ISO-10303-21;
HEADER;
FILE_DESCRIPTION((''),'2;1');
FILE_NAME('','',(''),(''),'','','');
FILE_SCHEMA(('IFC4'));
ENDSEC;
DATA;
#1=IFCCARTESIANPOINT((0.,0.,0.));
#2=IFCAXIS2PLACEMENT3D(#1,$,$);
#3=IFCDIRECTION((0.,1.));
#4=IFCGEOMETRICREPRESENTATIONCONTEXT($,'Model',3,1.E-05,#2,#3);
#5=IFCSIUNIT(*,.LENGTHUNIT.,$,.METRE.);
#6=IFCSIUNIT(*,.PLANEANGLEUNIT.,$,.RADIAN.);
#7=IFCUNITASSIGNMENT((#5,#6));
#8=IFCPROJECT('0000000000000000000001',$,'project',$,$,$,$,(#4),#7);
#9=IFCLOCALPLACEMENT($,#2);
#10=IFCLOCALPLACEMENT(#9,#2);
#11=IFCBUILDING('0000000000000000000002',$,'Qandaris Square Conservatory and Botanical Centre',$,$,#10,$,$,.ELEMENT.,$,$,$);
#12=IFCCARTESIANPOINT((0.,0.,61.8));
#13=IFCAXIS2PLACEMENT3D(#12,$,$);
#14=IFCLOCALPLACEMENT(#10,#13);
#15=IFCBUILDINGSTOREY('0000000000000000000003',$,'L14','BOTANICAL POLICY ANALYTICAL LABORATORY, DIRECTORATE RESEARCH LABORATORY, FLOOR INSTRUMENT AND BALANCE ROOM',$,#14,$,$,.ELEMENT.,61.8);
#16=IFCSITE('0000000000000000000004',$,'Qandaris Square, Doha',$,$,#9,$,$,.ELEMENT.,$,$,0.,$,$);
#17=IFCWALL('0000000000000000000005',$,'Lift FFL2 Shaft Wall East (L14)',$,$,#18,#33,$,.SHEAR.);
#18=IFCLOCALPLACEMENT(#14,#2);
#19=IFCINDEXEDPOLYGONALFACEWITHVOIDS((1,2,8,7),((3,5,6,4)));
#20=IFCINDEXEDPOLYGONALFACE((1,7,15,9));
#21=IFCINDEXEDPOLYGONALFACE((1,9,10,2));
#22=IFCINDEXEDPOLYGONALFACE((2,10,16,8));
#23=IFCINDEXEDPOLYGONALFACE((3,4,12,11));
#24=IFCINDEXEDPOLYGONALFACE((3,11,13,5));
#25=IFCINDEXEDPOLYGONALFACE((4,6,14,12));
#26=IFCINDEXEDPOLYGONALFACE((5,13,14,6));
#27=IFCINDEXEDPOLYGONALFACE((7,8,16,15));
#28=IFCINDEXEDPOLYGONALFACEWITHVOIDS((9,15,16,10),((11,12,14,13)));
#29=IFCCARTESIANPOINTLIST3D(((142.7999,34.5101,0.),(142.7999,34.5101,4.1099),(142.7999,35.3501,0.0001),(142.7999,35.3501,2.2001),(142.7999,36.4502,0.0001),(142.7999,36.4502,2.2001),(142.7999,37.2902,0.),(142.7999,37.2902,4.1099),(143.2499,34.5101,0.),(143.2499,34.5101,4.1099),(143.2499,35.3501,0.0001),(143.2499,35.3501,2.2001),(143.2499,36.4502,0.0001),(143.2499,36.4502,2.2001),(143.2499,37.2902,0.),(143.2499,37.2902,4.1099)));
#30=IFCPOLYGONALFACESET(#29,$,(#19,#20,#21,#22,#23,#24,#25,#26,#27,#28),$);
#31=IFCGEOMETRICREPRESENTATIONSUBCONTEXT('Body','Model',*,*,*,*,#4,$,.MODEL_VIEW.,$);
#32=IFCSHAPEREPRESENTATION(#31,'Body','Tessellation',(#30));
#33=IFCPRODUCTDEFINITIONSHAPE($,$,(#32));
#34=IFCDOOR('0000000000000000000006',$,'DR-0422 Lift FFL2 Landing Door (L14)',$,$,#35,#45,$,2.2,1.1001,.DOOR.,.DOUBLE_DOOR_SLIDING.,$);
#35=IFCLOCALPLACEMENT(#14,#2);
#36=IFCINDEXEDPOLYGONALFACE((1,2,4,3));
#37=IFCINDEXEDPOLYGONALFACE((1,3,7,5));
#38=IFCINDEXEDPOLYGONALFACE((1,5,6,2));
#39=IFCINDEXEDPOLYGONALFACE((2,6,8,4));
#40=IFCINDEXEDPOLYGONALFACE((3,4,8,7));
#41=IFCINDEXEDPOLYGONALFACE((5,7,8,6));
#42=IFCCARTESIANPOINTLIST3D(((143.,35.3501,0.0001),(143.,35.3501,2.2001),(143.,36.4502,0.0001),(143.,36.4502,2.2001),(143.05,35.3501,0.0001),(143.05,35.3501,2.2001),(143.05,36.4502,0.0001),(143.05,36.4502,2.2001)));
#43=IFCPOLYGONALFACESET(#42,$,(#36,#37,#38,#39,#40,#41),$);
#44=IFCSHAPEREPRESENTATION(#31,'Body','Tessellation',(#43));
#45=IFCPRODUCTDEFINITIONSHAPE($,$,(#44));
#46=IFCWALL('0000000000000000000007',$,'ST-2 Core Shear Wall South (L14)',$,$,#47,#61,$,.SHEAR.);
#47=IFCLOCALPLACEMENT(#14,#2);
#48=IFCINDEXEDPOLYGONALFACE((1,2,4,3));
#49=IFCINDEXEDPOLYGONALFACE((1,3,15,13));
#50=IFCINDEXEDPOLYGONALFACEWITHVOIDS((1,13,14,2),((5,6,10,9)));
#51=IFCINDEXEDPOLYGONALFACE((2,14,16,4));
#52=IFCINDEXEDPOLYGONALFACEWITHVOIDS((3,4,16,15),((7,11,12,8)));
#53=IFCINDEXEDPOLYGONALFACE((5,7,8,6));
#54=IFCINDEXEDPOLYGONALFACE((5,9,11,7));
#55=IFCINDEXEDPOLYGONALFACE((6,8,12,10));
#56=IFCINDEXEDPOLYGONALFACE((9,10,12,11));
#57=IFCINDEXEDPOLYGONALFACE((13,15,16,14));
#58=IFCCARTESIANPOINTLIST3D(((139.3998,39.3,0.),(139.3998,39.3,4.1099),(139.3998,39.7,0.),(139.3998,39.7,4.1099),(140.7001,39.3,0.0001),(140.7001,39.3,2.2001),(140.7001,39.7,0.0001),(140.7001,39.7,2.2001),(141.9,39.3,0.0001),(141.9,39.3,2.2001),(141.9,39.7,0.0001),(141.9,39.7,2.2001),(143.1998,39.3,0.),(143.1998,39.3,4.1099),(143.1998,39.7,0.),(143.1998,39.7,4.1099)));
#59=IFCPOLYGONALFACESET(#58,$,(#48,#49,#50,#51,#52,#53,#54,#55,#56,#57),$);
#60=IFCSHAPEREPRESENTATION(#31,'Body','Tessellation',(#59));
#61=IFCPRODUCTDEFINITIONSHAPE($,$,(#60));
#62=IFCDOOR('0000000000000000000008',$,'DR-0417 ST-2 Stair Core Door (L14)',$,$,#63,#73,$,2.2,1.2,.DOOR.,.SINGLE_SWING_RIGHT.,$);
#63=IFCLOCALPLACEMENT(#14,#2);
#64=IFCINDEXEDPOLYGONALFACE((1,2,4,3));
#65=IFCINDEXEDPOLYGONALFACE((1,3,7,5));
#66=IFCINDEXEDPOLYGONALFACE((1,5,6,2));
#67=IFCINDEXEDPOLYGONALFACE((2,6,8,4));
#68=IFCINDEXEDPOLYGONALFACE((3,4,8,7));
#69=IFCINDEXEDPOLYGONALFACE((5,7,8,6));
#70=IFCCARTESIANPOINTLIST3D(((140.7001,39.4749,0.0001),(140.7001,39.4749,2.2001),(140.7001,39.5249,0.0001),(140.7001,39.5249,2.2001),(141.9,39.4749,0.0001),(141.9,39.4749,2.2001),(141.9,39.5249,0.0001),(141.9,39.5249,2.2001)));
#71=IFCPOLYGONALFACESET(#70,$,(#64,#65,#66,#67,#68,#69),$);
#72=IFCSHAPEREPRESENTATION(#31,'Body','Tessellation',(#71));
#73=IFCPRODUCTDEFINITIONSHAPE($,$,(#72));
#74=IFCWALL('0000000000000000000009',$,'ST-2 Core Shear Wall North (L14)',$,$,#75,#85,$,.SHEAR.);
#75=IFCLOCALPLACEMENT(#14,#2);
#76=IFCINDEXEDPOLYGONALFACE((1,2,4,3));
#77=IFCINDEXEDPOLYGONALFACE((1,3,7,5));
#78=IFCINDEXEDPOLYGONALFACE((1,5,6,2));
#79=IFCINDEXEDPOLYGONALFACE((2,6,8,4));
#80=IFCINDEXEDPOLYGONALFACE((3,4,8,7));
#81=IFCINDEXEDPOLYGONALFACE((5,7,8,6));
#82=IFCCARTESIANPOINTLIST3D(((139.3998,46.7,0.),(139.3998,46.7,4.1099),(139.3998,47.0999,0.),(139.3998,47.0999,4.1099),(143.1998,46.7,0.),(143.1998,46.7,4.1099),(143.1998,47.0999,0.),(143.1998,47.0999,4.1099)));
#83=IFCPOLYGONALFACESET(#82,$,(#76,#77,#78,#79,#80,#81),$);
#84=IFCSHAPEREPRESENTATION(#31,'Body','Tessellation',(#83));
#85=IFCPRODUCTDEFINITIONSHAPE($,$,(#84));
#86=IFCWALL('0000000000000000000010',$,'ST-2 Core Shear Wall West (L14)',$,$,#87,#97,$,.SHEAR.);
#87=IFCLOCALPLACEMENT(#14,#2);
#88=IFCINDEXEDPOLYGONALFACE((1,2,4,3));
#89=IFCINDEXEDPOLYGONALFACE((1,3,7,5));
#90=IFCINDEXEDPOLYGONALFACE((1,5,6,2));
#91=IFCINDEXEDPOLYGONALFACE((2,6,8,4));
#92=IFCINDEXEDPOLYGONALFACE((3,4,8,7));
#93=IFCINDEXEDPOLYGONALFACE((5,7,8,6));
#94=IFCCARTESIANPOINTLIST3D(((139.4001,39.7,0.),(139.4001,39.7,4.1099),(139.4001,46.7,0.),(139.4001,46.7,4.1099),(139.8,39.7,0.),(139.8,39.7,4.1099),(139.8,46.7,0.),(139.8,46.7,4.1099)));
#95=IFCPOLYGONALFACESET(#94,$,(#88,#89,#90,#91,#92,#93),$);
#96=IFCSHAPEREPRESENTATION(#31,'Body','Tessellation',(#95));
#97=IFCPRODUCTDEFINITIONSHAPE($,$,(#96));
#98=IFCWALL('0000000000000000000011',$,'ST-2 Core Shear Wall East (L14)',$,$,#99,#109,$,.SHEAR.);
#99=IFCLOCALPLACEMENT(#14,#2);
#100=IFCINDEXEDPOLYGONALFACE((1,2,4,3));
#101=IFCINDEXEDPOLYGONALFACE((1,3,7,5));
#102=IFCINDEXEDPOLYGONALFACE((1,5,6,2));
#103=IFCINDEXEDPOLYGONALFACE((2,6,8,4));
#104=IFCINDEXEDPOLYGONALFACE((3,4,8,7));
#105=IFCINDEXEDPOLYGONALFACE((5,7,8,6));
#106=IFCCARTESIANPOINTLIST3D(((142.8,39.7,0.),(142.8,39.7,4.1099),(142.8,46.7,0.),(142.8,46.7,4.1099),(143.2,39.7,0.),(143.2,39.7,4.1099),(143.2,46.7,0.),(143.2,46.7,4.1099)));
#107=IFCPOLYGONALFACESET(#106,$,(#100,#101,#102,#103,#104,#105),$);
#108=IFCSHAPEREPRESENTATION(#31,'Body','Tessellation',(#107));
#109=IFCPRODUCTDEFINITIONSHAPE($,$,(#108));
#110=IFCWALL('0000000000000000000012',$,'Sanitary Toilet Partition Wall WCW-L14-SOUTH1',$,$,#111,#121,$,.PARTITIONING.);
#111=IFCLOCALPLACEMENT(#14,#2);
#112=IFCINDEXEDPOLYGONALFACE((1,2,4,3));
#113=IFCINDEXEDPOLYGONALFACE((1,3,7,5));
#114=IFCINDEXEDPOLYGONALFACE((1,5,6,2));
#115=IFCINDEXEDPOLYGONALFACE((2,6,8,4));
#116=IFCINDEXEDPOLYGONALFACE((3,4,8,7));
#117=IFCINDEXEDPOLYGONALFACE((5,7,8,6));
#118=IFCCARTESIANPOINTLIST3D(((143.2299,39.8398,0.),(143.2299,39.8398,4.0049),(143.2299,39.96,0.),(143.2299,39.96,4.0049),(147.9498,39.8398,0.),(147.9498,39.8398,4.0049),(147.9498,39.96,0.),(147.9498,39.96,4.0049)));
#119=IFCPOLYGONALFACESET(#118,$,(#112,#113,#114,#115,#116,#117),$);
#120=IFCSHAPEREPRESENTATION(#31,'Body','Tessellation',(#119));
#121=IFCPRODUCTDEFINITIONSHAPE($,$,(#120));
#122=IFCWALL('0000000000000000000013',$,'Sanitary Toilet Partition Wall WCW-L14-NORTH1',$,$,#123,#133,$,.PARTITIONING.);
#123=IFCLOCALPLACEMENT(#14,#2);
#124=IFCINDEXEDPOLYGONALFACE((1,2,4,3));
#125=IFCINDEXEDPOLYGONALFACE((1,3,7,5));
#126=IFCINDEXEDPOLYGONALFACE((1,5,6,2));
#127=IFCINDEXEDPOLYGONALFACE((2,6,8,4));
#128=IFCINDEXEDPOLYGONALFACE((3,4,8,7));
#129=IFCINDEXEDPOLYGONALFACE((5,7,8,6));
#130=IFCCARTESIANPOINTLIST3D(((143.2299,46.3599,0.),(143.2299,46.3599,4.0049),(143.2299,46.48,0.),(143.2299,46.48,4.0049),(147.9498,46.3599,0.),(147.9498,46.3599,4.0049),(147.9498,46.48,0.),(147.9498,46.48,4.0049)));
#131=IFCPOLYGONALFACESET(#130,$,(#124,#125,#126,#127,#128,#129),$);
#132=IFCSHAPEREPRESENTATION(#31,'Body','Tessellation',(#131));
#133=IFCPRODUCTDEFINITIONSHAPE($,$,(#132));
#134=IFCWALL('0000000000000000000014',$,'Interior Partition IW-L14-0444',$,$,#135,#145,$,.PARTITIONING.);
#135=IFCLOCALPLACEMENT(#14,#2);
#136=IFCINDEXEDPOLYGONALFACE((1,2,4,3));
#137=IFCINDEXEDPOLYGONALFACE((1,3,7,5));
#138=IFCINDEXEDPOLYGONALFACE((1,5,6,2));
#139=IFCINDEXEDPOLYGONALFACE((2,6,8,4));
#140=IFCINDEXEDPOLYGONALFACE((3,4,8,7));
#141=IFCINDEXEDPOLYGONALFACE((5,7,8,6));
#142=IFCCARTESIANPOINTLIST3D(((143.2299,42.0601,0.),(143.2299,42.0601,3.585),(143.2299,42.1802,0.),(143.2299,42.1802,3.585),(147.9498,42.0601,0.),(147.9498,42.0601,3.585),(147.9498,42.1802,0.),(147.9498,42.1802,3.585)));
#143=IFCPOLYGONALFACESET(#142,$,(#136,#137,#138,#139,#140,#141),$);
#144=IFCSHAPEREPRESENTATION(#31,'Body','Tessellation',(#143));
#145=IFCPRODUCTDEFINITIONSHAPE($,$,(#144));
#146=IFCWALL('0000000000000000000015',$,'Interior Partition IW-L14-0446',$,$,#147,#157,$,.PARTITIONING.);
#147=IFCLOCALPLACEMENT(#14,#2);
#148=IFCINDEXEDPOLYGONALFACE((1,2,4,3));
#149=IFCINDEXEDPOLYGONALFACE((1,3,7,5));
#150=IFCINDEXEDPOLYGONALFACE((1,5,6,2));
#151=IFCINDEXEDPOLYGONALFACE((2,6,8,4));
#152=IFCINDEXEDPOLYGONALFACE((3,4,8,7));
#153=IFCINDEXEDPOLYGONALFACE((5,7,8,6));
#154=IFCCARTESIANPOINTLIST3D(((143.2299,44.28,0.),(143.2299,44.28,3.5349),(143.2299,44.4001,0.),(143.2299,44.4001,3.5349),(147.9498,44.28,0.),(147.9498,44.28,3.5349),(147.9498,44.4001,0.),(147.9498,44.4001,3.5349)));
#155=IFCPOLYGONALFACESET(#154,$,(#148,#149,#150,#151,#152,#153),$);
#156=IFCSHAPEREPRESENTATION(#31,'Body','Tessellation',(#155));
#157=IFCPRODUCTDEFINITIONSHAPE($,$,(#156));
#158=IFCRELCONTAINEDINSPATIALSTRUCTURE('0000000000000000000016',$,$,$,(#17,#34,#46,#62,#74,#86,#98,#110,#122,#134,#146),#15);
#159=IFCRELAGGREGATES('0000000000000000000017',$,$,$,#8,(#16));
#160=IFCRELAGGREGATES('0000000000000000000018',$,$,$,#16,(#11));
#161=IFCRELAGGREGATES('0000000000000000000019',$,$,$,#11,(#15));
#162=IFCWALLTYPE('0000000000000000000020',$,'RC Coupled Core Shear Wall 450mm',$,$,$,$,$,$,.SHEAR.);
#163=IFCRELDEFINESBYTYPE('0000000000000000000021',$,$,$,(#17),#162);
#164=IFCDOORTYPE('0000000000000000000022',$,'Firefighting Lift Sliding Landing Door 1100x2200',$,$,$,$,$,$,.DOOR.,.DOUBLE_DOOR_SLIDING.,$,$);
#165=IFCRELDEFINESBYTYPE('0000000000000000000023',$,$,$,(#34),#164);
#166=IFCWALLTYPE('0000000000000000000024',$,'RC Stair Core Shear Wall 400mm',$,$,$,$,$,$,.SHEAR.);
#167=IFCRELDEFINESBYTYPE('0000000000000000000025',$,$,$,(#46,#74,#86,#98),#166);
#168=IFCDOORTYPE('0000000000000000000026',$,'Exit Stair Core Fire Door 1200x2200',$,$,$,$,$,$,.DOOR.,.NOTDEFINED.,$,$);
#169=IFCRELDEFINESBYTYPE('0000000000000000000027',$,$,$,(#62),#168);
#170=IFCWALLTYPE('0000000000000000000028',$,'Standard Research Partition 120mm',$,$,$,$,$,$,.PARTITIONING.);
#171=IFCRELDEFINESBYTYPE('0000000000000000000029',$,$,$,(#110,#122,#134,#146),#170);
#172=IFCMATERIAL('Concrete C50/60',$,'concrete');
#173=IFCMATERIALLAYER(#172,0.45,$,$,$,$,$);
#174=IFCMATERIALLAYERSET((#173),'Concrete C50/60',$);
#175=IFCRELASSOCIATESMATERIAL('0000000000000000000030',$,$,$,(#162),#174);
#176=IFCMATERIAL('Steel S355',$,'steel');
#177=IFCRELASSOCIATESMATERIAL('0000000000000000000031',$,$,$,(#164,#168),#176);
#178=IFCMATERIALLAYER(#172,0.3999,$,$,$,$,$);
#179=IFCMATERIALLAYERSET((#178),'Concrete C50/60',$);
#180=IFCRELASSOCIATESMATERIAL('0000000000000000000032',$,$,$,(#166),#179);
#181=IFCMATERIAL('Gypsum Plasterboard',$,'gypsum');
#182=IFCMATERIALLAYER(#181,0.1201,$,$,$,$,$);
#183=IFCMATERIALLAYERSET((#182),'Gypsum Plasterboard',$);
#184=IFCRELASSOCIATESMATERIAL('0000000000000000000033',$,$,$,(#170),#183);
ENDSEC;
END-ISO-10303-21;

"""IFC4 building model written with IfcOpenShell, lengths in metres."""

from ifc_helpers import new_model, si_unit, direction, frame, frame_2d, origin, place, context, subcontext, project, spatial, rectangle, extrude, material, layer, layer_set, type_object, element, fill, save


model = new_model("IFC4")

# Units and contexts
model_context = context("Model", 3, precision=1e-05, world=origin(), true_north=direction((0.0, 1.0)))
body_context = subcontext(model_context, "Body", "Model", "MODEL_VIEW")
ifc_project = project(units=[si_unit("LENGTHUNIT", "METRE"), si_unit("PLANEANGLEUNIT", "RADIAN")], contexts=[model_context])

# Site, building, storey
site_placement = place(None, origin())
site = spatial("IfcSite", under=ifc_project, at=site_placement, Name="Qandaris Square, Doha", CompositionType="ELEMENT", RefElevation=0.0)
building_placement = place(site_placement, origin())
building = spatial("IfcBuilding", under=site, at=building_placement, Name="Qandaris Square Conservatory and Botanical Centre", CompositionType="ELEMENT")
storey_placement = place(building_placement, frame((0.0, 0.0, 61.8)))
storey = spatial("IfcBuildingStorey", under=building, at=storey_placement, Name="L14", Description="BOTANICAL POLICY ANALYTICAL LABORATORY, DIRECTORATE RESEARCH LABORATORY, FLOOR INSTRUMENT AND BALANCE ROOM", CompositionType="ELEMENT", Elevation=61.8)

# Shared definitions
ifc_material_1 = material(Name="Concrete C50/60", Category="concrete")

# Shared definitions
ifc_material_2 = material(Name="Steel S355", Category="steel")

# Shared definitions
ifc_layer_1 = layer(ifc_material_1, 0.45)
ifc_layer_set_1 = layer_set([ifc_layer_1], Name="Concrete C50/60")
wall_type_1 = type_object("IfcWallType", Name="RC Coupled Core Shear Wall 450mm", PredefinedType="SHEAR", material=ifc_layer_set_1)

# Walls, openings, doors
wall_1_placement = place(storey_placement, frame((143.0249, 34.51, 0.0), z_axis=(0.0, 0.0, 1.0), x_axis=(0.0, 1.0, 0.0)))
wall_1 = element("IfcWall", 1, at=wall_1_placement, inside=storey, type_object=wall_type_1, Name="Lift FFL2 Shaft Wall East (L14)", PredefinedType="SHEAR", context=body_context, shape_type="SweptSolid", body=[
    extrude(rectangle(XDim=2.78, YDim=0.45, at=frame_2d((1.3901, 0.0))), origin(), (0.0, 0.0, 1.0), 4.1099),
])
opening_1_placement = place(wall_1_placement, frame((0.8401, 0.0, 0.0)))
opening_1 = element("IfcOpeningElement", 2, at=opening_1_placement, cuts=wall_1, PredefinedType="OPENING", context=body_context, shape_type="SweptSolid", body=[
    extrude(rectangle(XDim=1.1001, YDim=2.2, at=frame_2d((0.55, 1.1001))), frame((0.0, 0.2368, 0.0), z_axis=(0.0, -1.0, 0.0), x_axis=(1.0, 0.0, 0.0)), (0.0, 0.0, 1.0), 0.4739),
])
door_type_1 = type_object("IfcDoorType", Name="Firefighting Lift Sliding Landing Door 1100x2200", OperationType="DOUBLE_DOOR_SLIDING", PredefinedType="DOOR", material=ifc_material_2)
door_1_placement = place(opening_1_placement, origin())
door_1 = element("IfcDoor", 3, at=door_1_placement, inside=storey, type_object=door_type_1, Name="DR-0422 Lift FFL2 Landing Door (L14)", OperationType="DOUBLE_DOOR_SLIDING", OverallHeight=2.2, OverallWidth=1.1001, PredefinedType="DOOR", context=body_context, shape_type="SweptSolid", body=[
    extrude(rectangle(XDim=1.1001, YDim=2.2, at=frame_2d((0.55, 1.1001))), frame((0.0, 0.0249, 0.0), z_axis=(0.0, -1.0, 0.0), x_axis=(1.0, 0.0, 0.0)), (0.0, 0.0, 1.0), 0.05),
])
fill(opening_1, door_1)
ifc_layer_2 = layer(ifc_material_1, 0.3999)
ifc_layer_set_2 = layer_set([ifc_layer_2], Name="Concrete C50/60")
wall_type_2 = type_object("IfcWallType", Name="RC Stair Core Shear Wall 400mm", PredefinedType="SHEAR", material=ifc_layer_set_2)
wall_2_placement = place(storey_placement, frame((139.3999, 39.5, 0.0), z_axis=(0.0, 0.0, 1.0), x_axis=(1.0, 0.0, 0.0)))
wall_2 = element("IfcWall", 4, at=wall_2_placement, inside=storey, type_object=wall_type_2, Name="ST-2 Core Shear Wall South (L14)", PredefinedType="SHEAR", context=body_context, shape_type="SweptSolid", body=[
    extrude(rectangle(XDim=3.8, YDim=0.3999, at=frame_2d((1.8999, 0.0))), origin(), (0.0, 0.0, 1.0), 4.1099),
])
opening_2_placement = place(wall_2_placement, frame((1.3, 0.0, 0.0)))
opening_2 = element("IfcOpeningElement", 5, at=opening_2_placement, cuts=wall_2, PredefinedType="OPENING", context=body_context, shape_type="SweptSolid", body=[
    extrude(rectangle(XDim=1.2, YDim=2.2, at=frame_2d((0.6001, 1.1001))), frame((0.0, 0.2119, 0.0), z_axis=(0.0, -1.0, 0.0), x_axis=(1.0, 0.0, 0.0)), (0.0, 0.0, 1.0), 0.4238),
])
door_type_2 = type_object("IfcDoorType", Name="Exit Stair Core Fire Door 1200x2200", OperationType="NOTDEFINED", PredefinedType="DOOR", material=ifc_material_2)
door_2_placement = place(opening_2_placement, origin())
door_2 = element("IfcDoor", 6, at=door_2_placement, inside=storey, type_object=door_type_2, Name="DR-0417 ST-2 Stair Core Door (L14)", OperationType="SINGLE_SWING_RIGHT", OverallHeight=2.2, OverallWidth=1.2, PredefinedType="DOOR", context=body_context, shape_type="SweptSolid", body=[
    extrude(rectangle(XDim=1.2, YDim=2.2, at=frame_2d((0.6001, 1.1001))), frame((0.0, 0.0249, 0.0), z_axis=(0.0, -1.0, 0.0), x_axis=(1.0, 0.0, 0.0)), (0.0, 0.0, 1.0), 0.05),
])
fill(opening_2, door_2)

# Walls
wall_3_placement = place(storey_placement, frame((139.3999, 46.8999, 0.0), z_axis=(0.0, 0.0, 1.0), x_axis=(1.0, 0.0, 0.0)))
element("IfcWall", 7, at=wall_3_placement, inside=storey, type_object=wall_type_2, Name="ST-2 Core Shear Wall North (L14)", PredefinedType="SHEAR", context=body_context, shape_type="SweptSolid", body=[
    extrude(rectangle(XDim=3.8, YDim=0.3999, at=frame_2d((1.8999, 0.0))), origin(), (0.0, 0.0, 1.0), 4.1099),
])
for number, where, z_axis, x_axis, name in (
    (8, (139.6001, 39.7, 0.0), (0.0, 0.0, 1.0), (0.0, 1.0, 0.0), "ST-2 Core Shear Wall West (L14)"),
    (9, (143.0, 39.7, 0.0), (0.0, 0.0, 1.0), (0.0, 1.0, 0.0), "ST-2 Core Shear Wall East (L14)"),
):
    element("IfcWall", number, at=place(storey_placement, frame(where, z_axis=z_axis, x_axis=x_axis)), inside=storey, type_object=wall_type_2, Name=name, PredefinedType="SHEAR", context=body_context, shape_type="SweptSolid", body=[
        extrude(rectangle(XDim=7.0, YDim=0.3999, at=frame_2d((3.5, 0.0))), origin(), (0.0, 0.0, 1.0), 4.1099),
    ])
ifc_material_3 = material(Name="Gypsum Plasterboard", Category="gypsum")
ifc_layer_3 = layer(ifc_material_3, 0.1201)
ifc_layer_set_3 = layer_set([ifc_layer_3], Name="Gypsum Plasterboard")
wall_type_3 = type_object("IfcWallType", Name="Standard Research Partition 120mm", PredefinedType="PARTITIONING", material=ifc_layer_set_3)
for number, where, z_axis, x_axis, name in (
    (10, (143.23, 39.8999, 0.0), (0.0, 0.0, 1.0), (1.0, 0.0, 0.0), "Sanitary Toilet Partition Wall WCW-L14-SOUTH1"),
    (11, (143.23, 46.4199, 0.0), (0.0, 0.0, 1.0), (1.0, 0.0, 0.0), "Sanitary Toilet Partition Wall WCW-L14-NORTH1"),
):
    element("IfcWall", number, at=place(storey_placement, frame(where, z_axis=z_axis, x_axis=x_axis)), inside=storey, type_object=wall_type_3, Name=name, PredefinedType="PARTITIONING", context=body_context, shape_type="SweptSolid", body=[
        extrude(rectangle(XDim=4.72, YDim=0.1201, at=frame_2d((2.3599, 0.0))), origin(), (0.0, 0.0, 1.0), 4.0049),
    ])
wall_4_placement = place(storey_placement, frame((143.23, 42.1201, 0.0), z_axis=(0.0, 0.0, 1.0), x_axis=(1.0, 0.0, 0.0)))
element("IfcWall", 12, at=wall_4_placement, inside=storey, type_object=wall_type_3, Name="Interior Partition IW-L14-0444", PredefinedType="PARTITIONING", context=body_context, shape_type="SweptSolid", body=[
    extrude(rectangle(XDim=4.72, YDim=0.1201, at=frame_2d((2.3599, 0.0))), origin(), (0.0, 0.0, 1.0), 3.585),
])
wall_5_placement = place(storey_placement, frame((143.23, 44.3401, 0.0), z_axis=(0.0, 0.0, 1.0), x_axis=(1.0, 0.0, 0.0)))
element("IfcWall", 13, at=wall_5_placement, inside=storey, type_object=wall_type_3, Name="Interior Partition IW-L14-0446", PredefinedType="PARTITIONING", context=body_context, shape_type="SweptSolid", body=[
    extrude(rectangle(XDim=4.72, YDim=0.1201, at=frame_2d((2.3599, 0.0))), origin(), (0.0, 0.0, 1.0), 3.5349),
])

save(model, "model.ifc")
